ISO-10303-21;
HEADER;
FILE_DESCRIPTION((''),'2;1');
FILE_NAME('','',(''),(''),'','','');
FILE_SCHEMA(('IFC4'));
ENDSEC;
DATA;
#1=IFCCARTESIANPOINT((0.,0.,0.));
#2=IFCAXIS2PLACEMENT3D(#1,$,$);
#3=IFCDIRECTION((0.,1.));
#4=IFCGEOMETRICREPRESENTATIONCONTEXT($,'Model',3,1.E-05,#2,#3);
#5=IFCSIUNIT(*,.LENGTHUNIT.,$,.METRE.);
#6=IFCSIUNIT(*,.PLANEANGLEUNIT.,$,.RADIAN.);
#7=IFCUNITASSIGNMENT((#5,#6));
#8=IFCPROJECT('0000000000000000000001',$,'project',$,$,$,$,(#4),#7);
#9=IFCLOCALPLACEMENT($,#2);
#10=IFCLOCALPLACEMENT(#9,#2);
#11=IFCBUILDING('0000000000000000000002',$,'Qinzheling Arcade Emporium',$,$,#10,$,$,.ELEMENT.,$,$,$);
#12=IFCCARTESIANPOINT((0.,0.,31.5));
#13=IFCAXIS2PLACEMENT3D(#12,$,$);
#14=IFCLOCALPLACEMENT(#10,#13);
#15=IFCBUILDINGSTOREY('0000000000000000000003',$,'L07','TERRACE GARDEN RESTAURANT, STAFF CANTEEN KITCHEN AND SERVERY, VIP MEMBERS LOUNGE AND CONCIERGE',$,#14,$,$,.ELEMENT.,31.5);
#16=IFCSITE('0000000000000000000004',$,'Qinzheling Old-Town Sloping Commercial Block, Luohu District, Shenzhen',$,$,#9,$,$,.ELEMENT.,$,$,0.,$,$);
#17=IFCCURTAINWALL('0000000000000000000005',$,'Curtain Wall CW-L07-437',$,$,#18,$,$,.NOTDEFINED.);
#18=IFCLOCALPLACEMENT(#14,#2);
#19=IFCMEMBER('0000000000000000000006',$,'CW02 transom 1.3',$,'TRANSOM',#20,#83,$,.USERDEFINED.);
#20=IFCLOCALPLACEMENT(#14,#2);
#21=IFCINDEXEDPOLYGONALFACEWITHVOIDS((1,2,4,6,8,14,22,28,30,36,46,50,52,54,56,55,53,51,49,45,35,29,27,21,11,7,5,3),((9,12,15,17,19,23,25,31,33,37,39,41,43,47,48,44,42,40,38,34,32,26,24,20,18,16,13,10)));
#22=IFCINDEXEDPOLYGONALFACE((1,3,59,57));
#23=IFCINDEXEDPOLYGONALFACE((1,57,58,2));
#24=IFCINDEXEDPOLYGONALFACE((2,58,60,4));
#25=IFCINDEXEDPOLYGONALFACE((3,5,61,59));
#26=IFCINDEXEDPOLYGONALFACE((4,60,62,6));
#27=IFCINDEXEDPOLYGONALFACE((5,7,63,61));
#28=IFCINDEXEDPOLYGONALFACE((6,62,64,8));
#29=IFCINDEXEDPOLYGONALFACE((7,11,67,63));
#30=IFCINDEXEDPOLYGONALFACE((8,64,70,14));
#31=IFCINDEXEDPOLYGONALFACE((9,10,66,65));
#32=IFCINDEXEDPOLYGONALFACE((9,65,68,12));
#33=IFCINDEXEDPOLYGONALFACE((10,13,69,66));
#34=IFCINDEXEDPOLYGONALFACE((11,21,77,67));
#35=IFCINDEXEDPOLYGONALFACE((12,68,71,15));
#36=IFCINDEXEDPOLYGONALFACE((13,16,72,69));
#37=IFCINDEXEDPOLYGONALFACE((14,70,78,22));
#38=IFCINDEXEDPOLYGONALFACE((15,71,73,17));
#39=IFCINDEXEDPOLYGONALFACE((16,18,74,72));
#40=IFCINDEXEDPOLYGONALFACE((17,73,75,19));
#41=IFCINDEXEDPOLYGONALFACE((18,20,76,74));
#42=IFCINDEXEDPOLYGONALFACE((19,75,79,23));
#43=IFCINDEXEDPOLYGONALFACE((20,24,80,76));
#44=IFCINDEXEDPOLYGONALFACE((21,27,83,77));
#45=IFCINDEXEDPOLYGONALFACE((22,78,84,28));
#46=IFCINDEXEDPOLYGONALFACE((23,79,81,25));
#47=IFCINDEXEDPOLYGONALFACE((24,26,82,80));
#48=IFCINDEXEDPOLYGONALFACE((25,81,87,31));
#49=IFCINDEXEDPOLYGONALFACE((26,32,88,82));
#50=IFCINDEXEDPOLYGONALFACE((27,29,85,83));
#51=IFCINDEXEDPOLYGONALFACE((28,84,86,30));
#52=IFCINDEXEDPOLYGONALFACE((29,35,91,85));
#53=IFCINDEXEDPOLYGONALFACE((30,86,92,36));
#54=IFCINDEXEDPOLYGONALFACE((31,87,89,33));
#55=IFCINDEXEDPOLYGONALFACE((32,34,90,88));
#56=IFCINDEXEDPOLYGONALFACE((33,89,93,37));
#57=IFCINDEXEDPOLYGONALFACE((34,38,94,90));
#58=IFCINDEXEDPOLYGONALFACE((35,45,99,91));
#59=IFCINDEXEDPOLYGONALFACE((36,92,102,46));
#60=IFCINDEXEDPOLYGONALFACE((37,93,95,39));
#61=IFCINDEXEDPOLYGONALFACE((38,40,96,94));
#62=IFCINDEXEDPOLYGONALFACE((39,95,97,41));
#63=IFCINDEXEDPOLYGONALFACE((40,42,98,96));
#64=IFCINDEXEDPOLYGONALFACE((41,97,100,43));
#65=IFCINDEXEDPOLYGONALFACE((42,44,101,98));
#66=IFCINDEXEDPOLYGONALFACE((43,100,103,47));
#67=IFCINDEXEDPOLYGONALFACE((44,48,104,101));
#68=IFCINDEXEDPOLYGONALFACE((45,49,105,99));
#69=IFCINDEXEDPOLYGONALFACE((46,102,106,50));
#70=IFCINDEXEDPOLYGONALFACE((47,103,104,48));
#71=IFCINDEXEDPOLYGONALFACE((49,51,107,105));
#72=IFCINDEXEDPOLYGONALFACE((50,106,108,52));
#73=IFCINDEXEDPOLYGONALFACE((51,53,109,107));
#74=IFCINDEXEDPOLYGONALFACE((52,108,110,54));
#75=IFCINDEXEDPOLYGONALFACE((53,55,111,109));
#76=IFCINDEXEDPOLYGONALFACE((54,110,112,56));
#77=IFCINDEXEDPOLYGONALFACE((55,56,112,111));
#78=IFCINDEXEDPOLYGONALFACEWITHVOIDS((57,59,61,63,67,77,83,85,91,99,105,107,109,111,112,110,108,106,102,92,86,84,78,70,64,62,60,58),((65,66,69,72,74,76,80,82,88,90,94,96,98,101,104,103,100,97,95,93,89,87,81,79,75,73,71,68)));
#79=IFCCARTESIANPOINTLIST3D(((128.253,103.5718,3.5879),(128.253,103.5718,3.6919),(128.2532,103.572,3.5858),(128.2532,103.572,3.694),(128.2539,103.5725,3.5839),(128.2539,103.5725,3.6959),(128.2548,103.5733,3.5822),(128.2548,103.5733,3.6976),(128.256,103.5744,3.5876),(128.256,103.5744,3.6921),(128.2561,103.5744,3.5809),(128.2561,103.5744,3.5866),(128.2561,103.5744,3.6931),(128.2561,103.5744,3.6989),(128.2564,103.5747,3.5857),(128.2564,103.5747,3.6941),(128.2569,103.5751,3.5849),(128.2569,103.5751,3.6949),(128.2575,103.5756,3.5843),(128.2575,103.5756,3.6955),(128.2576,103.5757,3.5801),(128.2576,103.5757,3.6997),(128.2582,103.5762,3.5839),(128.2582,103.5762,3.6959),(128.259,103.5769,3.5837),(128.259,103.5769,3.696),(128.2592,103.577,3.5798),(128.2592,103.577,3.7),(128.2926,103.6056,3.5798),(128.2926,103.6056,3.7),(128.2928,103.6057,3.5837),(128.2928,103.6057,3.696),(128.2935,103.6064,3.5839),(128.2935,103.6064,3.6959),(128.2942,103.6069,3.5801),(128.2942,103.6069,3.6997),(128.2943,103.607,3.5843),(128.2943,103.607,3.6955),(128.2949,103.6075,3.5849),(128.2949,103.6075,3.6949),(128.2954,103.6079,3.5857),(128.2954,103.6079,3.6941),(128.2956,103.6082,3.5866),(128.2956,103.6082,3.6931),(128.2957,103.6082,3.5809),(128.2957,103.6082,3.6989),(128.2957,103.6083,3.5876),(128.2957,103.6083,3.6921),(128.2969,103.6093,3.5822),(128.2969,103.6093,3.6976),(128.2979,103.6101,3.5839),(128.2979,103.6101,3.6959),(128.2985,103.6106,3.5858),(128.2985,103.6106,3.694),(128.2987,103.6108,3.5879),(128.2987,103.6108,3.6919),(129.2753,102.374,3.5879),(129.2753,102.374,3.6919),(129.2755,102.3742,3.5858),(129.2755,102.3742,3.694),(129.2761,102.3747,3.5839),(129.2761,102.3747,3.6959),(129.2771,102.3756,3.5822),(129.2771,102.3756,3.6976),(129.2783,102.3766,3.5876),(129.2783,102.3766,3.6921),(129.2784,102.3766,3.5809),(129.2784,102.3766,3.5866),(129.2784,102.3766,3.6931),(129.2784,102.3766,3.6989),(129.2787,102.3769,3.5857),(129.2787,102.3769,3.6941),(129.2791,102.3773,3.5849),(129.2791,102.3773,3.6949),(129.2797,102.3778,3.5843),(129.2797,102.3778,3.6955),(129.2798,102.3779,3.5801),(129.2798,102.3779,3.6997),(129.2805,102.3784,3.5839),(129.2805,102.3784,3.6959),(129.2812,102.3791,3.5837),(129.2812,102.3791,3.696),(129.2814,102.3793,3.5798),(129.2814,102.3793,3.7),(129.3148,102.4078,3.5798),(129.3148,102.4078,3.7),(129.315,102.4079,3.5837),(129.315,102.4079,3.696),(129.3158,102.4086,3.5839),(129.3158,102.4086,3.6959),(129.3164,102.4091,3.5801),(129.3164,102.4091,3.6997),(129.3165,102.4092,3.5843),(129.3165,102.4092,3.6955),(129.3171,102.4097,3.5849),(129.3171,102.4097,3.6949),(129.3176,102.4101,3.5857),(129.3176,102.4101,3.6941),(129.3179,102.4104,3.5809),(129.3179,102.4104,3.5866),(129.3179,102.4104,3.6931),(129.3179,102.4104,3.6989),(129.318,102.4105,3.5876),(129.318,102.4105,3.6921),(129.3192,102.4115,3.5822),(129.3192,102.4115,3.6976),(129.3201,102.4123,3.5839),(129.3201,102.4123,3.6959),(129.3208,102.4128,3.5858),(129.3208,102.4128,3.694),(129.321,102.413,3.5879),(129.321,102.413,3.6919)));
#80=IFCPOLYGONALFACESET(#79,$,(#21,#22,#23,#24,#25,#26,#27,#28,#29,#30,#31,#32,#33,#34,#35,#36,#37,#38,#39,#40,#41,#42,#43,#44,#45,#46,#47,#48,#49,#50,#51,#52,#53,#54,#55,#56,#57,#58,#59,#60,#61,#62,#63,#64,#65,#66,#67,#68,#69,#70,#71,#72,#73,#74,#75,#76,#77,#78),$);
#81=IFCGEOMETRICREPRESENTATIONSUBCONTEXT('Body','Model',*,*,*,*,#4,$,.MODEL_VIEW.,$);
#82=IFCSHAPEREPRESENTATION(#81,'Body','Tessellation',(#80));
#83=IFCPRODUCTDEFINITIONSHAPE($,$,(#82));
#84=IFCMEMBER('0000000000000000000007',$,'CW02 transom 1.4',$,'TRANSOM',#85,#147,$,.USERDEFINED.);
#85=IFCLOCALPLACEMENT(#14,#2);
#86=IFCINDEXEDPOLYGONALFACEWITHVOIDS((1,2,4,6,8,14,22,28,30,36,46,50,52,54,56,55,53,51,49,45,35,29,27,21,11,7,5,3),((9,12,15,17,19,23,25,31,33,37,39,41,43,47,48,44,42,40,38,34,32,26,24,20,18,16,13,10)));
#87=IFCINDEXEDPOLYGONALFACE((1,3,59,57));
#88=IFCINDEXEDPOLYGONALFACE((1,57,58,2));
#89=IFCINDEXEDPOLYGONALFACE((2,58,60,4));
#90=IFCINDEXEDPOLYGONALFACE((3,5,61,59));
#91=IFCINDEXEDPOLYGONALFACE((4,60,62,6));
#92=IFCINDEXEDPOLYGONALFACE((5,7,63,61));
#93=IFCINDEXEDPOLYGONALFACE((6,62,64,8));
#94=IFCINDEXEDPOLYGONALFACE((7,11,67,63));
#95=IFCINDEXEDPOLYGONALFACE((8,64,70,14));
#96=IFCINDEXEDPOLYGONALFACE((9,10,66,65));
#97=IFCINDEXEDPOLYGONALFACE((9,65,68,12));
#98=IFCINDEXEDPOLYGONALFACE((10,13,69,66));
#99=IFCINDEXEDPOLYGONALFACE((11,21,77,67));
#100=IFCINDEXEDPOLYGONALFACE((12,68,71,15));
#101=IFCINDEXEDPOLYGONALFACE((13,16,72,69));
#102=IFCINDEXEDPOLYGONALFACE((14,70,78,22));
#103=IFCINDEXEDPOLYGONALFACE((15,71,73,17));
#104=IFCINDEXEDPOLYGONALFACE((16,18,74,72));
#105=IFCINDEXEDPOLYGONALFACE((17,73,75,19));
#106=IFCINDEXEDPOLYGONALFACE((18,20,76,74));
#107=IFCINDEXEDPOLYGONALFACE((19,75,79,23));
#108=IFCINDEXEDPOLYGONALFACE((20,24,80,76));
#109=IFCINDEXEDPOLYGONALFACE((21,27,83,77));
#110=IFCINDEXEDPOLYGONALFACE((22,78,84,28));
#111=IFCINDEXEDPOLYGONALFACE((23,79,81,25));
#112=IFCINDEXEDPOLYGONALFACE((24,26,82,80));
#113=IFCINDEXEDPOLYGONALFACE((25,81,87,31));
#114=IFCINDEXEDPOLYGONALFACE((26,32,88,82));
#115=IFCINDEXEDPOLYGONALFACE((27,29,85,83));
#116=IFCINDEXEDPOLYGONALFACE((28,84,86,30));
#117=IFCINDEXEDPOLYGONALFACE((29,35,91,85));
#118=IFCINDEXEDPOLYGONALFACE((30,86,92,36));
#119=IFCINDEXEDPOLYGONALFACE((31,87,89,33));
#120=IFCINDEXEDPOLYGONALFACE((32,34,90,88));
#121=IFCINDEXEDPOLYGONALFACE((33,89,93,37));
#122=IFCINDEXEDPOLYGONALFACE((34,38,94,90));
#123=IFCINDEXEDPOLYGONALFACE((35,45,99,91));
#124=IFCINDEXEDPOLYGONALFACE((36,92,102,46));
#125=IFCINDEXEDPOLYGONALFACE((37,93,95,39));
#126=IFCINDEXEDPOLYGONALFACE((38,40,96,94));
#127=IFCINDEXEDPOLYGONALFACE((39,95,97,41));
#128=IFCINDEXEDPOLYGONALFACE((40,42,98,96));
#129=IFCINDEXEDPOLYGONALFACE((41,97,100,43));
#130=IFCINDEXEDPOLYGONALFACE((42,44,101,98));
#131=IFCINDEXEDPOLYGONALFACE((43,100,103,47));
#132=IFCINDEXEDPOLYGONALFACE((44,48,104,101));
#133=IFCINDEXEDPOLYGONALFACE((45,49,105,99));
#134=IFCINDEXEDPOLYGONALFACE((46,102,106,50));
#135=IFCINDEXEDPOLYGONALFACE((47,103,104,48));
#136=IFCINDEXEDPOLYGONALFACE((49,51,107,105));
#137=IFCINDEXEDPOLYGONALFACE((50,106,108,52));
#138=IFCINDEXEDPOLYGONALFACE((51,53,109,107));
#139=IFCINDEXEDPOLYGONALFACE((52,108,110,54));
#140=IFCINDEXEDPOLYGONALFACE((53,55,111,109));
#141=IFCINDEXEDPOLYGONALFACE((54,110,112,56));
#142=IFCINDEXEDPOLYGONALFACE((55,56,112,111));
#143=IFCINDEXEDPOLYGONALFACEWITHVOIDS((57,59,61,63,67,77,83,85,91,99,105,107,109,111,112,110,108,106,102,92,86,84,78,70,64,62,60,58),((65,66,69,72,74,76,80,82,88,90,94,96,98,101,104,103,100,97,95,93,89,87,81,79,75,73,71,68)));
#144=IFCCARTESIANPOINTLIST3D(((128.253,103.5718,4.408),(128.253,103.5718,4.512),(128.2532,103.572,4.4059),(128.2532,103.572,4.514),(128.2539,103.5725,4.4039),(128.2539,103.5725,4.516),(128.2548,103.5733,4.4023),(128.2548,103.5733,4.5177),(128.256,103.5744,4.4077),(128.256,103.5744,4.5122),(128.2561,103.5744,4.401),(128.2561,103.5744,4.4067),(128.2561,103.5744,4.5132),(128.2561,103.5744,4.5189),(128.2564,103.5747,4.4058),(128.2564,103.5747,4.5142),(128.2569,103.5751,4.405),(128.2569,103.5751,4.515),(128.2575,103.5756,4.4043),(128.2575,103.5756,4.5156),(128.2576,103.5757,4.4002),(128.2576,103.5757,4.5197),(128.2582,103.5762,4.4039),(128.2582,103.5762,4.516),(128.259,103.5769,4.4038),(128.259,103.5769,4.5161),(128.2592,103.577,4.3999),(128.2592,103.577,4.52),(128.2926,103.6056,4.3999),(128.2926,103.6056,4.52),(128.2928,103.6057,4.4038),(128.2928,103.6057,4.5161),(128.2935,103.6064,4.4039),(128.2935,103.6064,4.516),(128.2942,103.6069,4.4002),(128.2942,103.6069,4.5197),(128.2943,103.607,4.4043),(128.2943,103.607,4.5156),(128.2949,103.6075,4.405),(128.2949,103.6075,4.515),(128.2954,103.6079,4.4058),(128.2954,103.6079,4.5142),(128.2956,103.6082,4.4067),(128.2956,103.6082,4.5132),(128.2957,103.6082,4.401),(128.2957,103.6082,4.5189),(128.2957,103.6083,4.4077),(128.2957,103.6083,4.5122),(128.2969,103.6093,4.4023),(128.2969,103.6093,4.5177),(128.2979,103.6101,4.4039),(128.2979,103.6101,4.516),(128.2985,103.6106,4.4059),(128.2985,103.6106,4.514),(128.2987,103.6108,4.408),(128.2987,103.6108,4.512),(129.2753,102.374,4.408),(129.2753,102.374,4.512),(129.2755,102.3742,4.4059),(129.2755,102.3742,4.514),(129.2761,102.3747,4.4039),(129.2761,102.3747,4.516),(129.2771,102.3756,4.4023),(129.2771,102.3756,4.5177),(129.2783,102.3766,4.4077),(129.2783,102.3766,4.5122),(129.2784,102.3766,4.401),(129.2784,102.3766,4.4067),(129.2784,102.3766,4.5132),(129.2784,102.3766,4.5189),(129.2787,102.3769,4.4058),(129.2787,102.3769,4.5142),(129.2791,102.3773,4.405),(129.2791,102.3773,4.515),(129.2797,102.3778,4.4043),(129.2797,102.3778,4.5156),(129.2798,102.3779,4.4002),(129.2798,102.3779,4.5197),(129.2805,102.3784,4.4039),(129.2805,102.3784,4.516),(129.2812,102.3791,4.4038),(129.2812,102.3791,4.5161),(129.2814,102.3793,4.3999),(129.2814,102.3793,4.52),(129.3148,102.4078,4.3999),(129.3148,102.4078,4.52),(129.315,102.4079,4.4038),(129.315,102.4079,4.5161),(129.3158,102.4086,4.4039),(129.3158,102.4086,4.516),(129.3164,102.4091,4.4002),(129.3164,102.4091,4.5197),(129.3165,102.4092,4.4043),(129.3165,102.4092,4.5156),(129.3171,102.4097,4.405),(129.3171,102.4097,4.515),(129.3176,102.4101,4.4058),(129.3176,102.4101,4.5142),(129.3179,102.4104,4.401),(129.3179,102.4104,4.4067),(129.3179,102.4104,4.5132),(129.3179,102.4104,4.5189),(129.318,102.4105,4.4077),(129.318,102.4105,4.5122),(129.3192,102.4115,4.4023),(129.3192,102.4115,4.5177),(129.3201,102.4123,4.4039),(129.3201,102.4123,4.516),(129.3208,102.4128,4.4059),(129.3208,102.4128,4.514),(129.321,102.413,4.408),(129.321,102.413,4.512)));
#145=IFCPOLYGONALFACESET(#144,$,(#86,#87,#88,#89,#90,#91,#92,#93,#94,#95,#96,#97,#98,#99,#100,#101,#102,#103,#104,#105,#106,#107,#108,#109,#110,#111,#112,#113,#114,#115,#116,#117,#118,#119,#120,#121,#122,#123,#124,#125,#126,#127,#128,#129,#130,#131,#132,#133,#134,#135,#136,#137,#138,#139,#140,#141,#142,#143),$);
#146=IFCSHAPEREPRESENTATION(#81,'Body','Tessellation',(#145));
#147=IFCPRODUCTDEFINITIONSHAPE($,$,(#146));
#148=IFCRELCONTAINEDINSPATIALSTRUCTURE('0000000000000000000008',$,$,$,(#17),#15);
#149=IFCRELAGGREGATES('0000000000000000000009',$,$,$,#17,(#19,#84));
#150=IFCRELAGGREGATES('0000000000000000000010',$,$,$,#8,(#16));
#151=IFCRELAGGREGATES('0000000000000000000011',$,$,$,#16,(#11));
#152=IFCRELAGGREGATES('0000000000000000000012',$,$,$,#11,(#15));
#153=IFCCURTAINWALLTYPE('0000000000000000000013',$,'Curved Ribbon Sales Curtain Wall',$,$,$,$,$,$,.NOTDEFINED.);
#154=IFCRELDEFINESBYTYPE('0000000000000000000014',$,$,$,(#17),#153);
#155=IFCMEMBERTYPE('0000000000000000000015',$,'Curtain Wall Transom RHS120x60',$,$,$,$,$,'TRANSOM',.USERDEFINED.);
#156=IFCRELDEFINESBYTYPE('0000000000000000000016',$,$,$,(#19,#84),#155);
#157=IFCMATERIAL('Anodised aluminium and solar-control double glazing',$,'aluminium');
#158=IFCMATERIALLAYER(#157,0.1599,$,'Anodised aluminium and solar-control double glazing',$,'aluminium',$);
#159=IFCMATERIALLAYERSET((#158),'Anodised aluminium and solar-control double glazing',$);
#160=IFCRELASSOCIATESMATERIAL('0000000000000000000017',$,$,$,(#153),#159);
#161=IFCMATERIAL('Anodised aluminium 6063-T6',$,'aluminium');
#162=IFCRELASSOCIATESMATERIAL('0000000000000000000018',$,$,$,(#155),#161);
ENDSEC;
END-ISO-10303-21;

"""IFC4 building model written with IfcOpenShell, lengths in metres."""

from ifc_helpers import new_model, si_unit, direction, frame, origin, origin_2d, place, context, subcontext, project, spatial, hollow_rectangle, extrude, material, layer, layer_set, material_profile, profile_set, type_object, element, aggregate, save


model = new_model("IFC4")

# Units and contexts
model_context = context("Model", 3, precision=1e-05, world=origin(), true_north=direction((0.0, 1.0)))
body_context = subcontext(model_context, "Body", "Model", "MODEL_VIEW")
ifc_project = project(units=[si_unit("LENGTHUNIT", "METRE"), si_unit("PLANEANGLEUNIT", "RADIAN")], contexts=[model_context])

# Site, building, storey
site_placement = place(None, origin())
site = spatial("IfcSite", under=ifc_project, at=site_placement, Name="Qinzheling Old-Town Sloping Commercial Block, Luohu District, Shenzhen", CompositionType="ELEMENT", RefElevation=0.0)
building_placement = place(site_placement, origin())
building = spatial("IfcBuilding", under=site, at=building_placement, Name="Qinzheling Arcade Emporium", CompositionType="ELEMENT")
storey_placement = place(building_placement, frame((0.0, 0.0, 31.5)))
storey = spatial("IfcBuildingStorey", under=building, at=storey_placement, Name="L07", Description="TERRACE GARDEN RESTAURANT, STAFF CANTEEN KITCHEN AND SERVERY, VIP MEMBERS LOUNGE AND CONCIERGE", CompositionType="ELEMENT", Elevation=31.5)

# Shared definitions
ifc_material_1 = material(Name="Anodised aluminium and solar-control double glazing", Category="aluminium")
ifc_layer_1 = layer(ifc_material_1, 0.1599, Name="Anodised aluminium and solar-control double glazing", Category="aluminium")
ifc_layer_set_1 = layer_set([ifc_layer_1], Name="Anodised aluminium and solar-control double glazing")
curtain_wall_type = type_object("IfcCurtainWallType", Name="Curved Ribbon Sales Curtain Wall", PredefinedType="NOTDEFINED", material=ifc_layer_set_1)
ifc_material_2 = material(Name="Anodised aluminium 6063-T6", Category="aluminium")

# Curtain wall
curtain_wall_1_placement = place(storey_placement, origin())
curtain_wall_1 = element("IfcCurtainWall", 1, at=curtain_wall_1_placement, inside=storey, type_object=curtain_wall_type, Name="Curtain Wall CW-L07-437", PredefinedType="NOTDEFINED")

# Members
ifc_material_profile_1 = material_profile(ifc_material_2, hollow_rectangle(XDim=0.0601, YDim=0.1201, WallThickness=0.0039, InnerFilletRadius=0.0039, OuterFilletRadius=0.0081, at=origin_2d()), Name="RHS 120x60x4", Category="aluminium")
ifc_profile_set_1 = profile_set([ifc_material_profile_1], Name="Anodised aluminium 6063-T6")
member_type_1 = type_object("IfcMemberType", Name="Curtain Wall Transom RHS120x60", ElementType="TRANSOM", PredefinedType="USERDEFINED", material=ifc_profile_set_1)
member_1_placement = place(storey_placement, frame((128.2759, 103.5913, 3.6399), z_axis=(0.649168, -0.760645, 0.0), x_axis=(0.760645, 0.649168, 0.0)))
member_1 = element("IfcMember", 2, at=member_1_placement, type_object=member_type_1, Name="CW02 transom 1.3", ObjectType="TRANSOM", PredefinedType="USERDEFINED", context=body_context, shape_type="SweptSolid", body=[
    extrude(hollow_rectangle(XDim=0.0601, YDim=0.1201, WallThickness=0.0039, InnerFilletRadius=0.0039, OuterFilletRadius=0.0081, at=origin_2d()), origin(), (0.0, 0.0, 1.0), 1.5747),
])
member_2_placement = place(storey_placement, frame((128.2759, 103.5913, 4.46), z_axis=(0.649168, -0.760645, 0.0), x_axis=(0.760645, 0.649168, 0.0)))
member_2 = element("IfcMember", 3, at=member_2_placement, type_object=member_type_1, Name="CW02 transom 1.4", ObjectType="TRANSOM", PredefinedType="USERDEFINED", context=body_context, shape_type="SweptSolid", body=[
    extrude(hollow_rectangle(XDim=0.0601, YDim=0.1201, WallThickness=0.0039, InnerFilletRadius=0.0039, OuterFilletRadius=0.0081, at=origin_2d()), origin(), (0.0, 0.0, 1.0), 1.5747),
])

aggregate(curtain_wall_1, [member_1, member_2])

save(model, "model.ifc")
